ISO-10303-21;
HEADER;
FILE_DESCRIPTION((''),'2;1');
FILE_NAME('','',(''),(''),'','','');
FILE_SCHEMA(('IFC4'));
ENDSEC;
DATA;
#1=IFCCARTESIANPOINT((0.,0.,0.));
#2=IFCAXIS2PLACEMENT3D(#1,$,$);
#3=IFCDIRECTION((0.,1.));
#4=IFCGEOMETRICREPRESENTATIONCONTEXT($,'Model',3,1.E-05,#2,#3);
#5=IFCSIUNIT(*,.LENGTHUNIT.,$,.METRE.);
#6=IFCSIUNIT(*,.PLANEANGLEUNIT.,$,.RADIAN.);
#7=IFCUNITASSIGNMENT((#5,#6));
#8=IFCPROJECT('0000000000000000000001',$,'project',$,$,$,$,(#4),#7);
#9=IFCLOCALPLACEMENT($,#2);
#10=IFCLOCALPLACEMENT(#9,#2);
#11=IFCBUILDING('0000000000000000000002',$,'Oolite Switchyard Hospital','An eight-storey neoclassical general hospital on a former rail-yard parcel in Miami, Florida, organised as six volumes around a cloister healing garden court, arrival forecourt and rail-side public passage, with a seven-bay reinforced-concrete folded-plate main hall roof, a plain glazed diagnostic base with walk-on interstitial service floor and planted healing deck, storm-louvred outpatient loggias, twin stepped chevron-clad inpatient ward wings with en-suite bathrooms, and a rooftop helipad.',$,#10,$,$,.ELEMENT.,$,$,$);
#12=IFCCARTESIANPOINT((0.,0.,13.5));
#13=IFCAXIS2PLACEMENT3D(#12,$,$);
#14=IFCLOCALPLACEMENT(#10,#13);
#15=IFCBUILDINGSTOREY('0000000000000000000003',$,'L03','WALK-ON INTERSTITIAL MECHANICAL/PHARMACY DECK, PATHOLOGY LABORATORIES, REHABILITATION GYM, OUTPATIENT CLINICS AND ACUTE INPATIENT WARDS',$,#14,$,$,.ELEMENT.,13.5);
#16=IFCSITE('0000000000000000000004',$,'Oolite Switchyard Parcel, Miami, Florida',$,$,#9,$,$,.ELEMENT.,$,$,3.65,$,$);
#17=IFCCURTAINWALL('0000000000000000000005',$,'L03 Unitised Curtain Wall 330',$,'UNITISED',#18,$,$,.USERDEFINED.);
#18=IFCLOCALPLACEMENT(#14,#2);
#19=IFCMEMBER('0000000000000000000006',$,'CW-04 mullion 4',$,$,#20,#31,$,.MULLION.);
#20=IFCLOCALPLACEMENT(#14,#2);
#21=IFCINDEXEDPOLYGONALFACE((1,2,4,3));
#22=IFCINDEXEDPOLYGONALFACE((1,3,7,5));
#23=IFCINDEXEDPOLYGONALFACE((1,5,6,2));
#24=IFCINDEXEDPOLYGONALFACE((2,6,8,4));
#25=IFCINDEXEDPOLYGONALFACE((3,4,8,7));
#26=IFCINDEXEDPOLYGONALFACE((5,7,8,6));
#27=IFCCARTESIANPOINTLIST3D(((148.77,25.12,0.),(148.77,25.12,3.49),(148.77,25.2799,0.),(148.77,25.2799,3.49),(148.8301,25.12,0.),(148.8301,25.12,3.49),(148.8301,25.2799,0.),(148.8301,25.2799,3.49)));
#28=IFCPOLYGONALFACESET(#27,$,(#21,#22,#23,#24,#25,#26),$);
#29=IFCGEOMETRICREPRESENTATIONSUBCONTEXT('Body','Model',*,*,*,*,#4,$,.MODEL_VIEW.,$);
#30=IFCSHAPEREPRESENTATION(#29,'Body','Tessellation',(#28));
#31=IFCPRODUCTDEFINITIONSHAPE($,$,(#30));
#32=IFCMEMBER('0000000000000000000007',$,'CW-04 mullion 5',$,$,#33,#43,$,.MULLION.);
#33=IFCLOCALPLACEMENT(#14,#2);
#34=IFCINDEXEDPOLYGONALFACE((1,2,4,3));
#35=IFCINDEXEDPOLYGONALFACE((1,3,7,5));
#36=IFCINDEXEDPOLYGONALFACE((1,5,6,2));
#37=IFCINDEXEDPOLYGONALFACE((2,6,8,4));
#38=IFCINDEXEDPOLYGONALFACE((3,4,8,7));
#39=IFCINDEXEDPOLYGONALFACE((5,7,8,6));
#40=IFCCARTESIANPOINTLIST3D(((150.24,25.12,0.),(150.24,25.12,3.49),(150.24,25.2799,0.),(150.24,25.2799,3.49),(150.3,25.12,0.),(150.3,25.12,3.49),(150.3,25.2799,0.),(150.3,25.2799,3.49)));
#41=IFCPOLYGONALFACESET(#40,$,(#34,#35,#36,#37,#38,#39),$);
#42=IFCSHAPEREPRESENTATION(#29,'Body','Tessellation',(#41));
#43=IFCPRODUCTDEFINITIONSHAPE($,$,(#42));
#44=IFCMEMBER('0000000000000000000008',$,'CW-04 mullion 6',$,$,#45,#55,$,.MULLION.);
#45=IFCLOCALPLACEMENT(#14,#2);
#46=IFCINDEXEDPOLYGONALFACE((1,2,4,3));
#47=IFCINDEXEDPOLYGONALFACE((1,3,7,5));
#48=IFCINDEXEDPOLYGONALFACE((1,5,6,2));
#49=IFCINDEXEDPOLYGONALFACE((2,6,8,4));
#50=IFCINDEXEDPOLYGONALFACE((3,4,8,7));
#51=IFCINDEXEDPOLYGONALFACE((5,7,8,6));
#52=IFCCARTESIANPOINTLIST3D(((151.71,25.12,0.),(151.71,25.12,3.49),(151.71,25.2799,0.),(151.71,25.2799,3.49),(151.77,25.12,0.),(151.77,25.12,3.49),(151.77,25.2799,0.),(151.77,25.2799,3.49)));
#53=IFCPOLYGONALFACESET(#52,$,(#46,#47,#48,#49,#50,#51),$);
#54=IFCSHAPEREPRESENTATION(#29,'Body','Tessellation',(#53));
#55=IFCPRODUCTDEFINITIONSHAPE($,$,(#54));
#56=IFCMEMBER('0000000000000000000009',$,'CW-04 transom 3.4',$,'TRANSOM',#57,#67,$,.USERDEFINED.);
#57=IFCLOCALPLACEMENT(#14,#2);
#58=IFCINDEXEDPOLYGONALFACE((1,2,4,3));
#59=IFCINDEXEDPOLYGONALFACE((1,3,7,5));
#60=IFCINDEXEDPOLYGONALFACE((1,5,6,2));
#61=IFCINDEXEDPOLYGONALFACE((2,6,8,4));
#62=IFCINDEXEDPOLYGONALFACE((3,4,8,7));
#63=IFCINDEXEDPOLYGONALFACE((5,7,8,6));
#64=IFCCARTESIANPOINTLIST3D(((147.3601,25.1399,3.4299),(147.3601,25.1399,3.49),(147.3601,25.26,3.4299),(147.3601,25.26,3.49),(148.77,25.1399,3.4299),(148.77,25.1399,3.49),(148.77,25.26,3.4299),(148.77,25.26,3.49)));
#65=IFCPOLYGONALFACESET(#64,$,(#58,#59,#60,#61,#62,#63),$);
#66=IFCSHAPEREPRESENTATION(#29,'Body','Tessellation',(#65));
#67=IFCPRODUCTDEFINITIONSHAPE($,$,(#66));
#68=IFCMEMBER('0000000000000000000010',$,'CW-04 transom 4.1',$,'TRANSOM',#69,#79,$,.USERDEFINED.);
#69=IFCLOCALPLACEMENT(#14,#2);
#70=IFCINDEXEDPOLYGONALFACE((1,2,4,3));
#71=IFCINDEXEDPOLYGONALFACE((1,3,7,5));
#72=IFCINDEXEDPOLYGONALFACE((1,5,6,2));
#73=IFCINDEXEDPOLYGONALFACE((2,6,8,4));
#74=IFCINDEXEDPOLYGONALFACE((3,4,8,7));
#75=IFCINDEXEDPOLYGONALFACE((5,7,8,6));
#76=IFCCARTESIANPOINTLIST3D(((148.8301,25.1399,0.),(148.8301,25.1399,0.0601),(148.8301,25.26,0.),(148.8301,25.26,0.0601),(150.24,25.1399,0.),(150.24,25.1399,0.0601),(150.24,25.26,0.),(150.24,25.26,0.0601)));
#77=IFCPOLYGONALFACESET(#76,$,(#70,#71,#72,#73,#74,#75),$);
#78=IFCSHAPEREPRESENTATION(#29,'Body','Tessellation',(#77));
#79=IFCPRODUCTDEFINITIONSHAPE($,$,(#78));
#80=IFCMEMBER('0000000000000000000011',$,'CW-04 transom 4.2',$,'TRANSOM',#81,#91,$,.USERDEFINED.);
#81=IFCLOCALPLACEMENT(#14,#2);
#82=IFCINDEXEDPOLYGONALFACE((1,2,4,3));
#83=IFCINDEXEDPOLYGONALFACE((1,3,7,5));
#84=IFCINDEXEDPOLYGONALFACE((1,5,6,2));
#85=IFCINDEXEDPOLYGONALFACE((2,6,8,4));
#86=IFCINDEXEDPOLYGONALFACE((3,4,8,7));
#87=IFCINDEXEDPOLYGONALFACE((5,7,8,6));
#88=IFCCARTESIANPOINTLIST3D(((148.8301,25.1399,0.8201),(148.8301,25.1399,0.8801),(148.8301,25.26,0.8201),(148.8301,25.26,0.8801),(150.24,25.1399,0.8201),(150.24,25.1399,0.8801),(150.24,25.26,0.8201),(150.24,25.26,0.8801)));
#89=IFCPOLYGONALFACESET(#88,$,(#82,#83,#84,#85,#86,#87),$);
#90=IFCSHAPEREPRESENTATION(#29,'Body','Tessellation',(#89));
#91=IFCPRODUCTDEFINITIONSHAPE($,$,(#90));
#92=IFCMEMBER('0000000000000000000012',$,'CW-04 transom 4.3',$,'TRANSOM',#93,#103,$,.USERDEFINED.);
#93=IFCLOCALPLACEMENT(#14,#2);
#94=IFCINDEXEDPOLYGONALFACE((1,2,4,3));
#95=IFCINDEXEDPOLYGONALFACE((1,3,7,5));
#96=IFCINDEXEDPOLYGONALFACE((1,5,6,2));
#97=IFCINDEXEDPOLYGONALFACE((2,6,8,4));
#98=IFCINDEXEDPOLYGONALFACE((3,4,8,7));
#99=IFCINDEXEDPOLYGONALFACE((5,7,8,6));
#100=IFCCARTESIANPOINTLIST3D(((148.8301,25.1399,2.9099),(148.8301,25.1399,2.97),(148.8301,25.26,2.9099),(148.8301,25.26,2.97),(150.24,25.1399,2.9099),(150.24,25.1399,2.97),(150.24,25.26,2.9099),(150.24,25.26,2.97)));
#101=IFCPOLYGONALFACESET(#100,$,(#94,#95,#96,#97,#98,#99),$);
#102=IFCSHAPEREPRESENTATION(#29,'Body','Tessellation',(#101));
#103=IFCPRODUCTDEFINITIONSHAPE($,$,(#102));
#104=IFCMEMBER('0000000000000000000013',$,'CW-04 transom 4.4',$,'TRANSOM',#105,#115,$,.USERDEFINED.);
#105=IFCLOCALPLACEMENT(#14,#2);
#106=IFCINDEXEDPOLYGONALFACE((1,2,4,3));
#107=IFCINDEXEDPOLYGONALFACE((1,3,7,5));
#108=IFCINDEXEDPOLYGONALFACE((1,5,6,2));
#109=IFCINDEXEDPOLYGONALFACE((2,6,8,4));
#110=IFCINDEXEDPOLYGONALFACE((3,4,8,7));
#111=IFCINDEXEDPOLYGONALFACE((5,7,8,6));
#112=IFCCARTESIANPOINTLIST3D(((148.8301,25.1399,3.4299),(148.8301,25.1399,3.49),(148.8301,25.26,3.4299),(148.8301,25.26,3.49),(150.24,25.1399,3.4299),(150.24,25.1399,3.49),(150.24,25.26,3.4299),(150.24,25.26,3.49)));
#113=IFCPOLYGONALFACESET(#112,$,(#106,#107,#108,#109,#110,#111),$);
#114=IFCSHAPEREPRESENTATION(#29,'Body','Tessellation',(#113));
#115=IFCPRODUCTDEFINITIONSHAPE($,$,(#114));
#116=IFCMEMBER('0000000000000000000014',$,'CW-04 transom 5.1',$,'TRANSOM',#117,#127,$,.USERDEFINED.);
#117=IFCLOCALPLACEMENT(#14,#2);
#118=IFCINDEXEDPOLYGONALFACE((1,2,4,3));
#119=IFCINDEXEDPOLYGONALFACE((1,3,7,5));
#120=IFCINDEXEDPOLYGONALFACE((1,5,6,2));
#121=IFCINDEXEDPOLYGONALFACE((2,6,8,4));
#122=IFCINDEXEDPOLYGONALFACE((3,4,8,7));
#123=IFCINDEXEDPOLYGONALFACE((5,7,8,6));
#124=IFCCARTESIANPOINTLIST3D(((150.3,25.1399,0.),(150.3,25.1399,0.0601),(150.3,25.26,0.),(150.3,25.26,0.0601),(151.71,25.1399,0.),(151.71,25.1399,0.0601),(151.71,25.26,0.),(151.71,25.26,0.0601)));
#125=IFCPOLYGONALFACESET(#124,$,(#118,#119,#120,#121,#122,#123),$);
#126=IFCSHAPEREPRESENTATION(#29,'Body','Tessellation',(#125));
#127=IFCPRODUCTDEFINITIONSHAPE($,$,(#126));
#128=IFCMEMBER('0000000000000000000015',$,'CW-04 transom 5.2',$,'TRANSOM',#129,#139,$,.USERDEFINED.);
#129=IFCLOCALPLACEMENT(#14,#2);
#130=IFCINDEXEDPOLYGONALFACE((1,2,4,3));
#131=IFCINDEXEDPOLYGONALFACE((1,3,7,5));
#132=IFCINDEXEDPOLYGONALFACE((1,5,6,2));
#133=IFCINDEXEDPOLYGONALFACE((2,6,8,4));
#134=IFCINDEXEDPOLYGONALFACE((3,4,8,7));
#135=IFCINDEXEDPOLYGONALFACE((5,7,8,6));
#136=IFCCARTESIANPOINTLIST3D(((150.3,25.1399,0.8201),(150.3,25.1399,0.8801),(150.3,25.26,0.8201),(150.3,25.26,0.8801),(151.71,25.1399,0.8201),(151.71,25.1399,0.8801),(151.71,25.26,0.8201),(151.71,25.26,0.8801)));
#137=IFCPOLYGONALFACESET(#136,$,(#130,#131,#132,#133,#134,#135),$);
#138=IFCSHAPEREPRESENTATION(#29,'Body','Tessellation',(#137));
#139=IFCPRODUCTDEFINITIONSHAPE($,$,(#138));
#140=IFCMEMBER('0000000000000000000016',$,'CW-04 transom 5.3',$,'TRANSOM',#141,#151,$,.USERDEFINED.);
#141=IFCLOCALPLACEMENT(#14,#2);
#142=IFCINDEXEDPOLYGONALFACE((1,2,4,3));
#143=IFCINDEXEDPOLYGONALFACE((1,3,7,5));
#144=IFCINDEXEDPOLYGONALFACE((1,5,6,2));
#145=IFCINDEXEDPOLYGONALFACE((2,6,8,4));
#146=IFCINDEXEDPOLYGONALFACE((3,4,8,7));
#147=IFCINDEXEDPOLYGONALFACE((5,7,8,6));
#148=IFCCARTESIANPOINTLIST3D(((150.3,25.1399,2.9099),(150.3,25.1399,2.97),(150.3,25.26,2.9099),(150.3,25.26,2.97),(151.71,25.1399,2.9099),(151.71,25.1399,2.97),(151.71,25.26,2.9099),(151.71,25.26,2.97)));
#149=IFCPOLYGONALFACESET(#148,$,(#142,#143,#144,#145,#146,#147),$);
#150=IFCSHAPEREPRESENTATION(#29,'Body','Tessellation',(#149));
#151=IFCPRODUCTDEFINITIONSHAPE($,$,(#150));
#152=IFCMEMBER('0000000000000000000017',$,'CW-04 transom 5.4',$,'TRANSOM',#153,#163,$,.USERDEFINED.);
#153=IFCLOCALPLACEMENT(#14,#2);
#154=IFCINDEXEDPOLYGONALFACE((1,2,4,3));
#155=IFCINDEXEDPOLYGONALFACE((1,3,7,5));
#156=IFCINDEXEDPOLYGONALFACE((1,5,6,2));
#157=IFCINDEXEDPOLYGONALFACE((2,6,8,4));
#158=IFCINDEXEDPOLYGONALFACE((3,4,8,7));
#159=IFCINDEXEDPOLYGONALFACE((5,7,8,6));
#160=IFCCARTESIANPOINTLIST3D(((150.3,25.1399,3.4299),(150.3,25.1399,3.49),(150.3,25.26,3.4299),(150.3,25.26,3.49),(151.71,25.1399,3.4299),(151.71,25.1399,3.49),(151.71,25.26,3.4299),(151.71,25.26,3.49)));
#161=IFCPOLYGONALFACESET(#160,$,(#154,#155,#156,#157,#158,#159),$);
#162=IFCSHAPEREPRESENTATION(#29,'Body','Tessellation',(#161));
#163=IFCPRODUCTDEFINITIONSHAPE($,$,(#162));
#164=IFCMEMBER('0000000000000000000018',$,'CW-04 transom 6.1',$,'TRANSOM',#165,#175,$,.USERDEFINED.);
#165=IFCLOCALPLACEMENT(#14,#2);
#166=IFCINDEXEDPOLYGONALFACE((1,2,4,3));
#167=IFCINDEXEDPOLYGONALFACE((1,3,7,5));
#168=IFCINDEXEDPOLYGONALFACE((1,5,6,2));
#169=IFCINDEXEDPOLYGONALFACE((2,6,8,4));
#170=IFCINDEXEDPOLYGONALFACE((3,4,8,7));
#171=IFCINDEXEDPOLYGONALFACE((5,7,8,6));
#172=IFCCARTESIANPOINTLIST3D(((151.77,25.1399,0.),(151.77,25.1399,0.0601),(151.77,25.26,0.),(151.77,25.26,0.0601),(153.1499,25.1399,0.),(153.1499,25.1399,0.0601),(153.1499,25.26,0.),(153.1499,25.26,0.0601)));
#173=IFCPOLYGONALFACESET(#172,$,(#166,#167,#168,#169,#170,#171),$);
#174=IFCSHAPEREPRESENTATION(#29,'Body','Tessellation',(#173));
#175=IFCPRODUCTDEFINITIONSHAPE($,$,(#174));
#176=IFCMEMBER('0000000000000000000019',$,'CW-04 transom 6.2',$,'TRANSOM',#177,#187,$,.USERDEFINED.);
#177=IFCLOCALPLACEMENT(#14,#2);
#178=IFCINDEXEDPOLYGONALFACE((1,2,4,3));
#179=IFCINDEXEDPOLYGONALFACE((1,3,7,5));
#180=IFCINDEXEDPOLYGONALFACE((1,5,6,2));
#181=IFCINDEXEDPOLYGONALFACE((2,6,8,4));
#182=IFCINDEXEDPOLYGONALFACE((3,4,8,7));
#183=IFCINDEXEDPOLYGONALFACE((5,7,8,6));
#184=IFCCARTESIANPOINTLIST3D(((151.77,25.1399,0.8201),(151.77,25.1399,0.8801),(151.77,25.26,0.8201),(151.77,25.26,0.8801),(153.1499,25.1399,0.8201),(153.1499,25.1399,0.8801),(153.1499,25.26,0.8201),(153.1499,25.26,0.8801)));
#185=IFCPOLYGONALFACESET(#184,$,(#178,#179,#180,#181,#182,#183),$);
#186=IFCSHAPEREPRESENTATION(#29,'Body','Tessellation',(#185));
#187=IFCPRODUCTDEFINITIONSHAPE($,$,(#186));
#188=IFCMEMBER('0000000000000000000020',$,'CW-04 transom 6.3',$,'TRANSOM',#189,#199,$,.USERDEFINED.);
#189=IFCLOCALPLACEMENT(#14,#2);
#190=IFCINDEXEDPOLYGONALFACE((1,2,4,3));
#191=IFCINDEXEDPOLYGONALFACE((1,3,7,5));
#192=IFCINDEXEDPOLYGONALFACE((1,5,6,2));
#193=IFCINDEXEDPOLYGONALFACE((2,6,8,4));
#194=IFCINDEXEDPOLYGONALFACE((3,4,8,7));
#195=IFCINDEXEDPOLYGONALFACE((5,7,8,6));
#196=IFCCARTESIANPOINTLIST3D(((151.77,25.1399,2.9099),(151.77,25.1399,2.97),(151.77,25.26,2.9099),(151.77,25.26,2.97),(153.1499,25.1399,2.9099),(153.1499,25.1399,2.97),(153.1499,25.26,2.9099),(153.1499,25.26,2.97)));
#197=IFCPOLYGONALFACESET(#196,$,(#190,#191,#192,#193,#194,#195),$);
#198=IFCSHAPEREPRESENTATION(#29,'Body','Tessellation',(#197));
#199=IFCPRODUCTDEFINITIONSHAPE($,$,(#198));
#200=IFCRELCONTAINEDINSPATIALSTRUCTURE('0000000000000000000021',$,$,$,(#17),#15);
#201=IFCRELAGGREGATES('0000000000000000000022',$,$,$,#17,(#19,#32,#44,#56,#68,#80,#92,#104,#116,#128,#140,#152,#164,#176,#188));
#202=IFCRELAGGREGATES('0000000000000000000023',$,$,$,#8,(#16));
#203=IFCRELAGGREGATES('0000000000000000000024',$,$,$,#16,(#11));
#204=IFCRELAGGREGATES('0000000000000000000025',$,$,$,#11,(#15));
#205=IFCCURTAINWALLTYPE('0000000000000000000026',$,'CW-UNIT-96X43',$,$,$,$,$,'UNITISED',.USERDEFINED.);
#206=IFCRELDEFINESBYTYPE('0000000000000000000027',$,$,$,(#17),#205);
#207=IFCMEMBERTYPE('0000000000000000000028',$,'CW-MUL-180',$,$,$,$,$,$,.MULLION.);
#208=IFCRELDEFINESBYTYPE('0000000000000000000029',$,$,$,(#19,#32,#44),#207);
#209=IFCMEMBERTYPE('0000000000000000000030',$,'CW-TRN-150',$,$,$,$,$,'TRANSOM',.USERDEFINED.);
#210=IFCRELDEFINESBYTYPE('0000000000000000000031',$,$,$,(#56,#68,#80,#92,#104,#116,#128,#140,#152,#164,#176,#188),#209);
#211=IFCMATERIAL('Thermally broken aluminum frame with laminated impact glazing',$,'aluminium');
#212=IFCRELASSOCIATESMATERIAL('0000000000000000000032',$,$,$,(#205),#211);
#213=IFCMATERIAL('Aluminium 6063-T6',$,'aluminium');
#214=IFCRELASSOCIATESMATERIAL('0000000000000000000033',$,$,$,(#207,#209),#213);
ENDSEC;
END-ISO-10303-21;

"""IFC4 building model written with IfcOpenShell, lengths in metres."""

from ifc_helpers import new_model, si_unit, direction, frame, origin, origin_2d, place, context, subcontext, project, spatial, rectangle, extrude, material, material_profile, profile_set, type_object, element, aggregate, save


model = new_model("IFC4")

# Units and contexts
model_context = context("Model", 3, precision=1e-05, world=origin(), true_north=direction((0.0, 1.0)))
body_context = subcontext(model_context, "Body", "Model", "MODEL_VIEW")
ifc_project = project(units=[si_unit("LENGTHUNIT", "METRE"), si_unit("PLANEANGLEUNIT", "RADIAN")], contexts=[model_context])

# Site, building, storey
site_placement = place(None, origin())
site = spatial("IfcSite", under=ifc_project, at=site_placement, Name="Oolite Switchyard Parcel, Miami, Florida", CompositionType="ELEMENT", RefElevation=3.65)
building_placement = place(site_placement, origin())
building = spatial("IfcBuilding", under=site, at=building_placement, Name="Oolite Switchyard Hospital", Description="An eight-storey neoclassical general hospital on a former rail-yard parcel in Miami, Florida, organised as six volumes around a cloister healing garden court, arrival forecourt and rail-side public passage, with a seven-bay reinforced-concrete folded-plate main hall roof, a plain glazed diagnostic base with walk-on interstitial service floor and planted healing deck, storm-louvred outpatient loggias, twin stepped chevron-clad inpatient ward wings with en-suite bathrooms, and a rooftop helipad.", CompositionType="ELEMENT")
storey_placement = place(building_placement, frame((0.0, 0.0, 13.5)))
storey = spatial("IfcBuildingStorey", under=building, at=storey_placement, Name="L03", Description="WALK-ON INTERSTITIAL MECHANICAL/PHARMACY DECK, PATHOLOGY LABORATORIES, REHABILITATION GYM, OUTPATIENT CLINICS AND ACUTE INPATIENT WARDS", CompositionType="ELEMENT", Elevation=13.5)

# Curtain wall, members
ifc_material_1 = material(Name="Thermally broken aluminum frame with laminated impact glazing", Category="aluminium")
curtain_wall_type = type_object("IfcCurtainWallType", Name="CW-UNIT-96X43", ElementType="UNITISED", PredefinedType="USERDEFINED", material=ifc_material_1)
curtain_wall_placement = place(storey_placement, origin())
curtain_wall = element("IfcCurtainWall", 1, at=curtain_wall_placement, inside=storey, type_object=curtain_wall_type, Name="L03 Unitised Curtain Wall 330", ObjectType="UNITISED", PredefinedType="USERDEFINED")
ifc_material_2 = material(Name="Aluminium 6063-T6", Category="aluminium")
ifc_material_profile_1 = material_profile(ifc_material_2, rectangle(XDim=0.1599, YDim=0.0601, at=origin_2d()), Name="CWM60X160")
ifc_profile_set_1 = profile_set([ifc_material_profile_1], Name="Aluminium 6063-T6")
member_type_1 = type_object("IfcMemberType", Name="CW-MUL-180", PredefinedType="MULLION", material=ifc_profile_set_1)
member_1_placement = place(storey_placement, frame((148.8, 25.2, 0.0), z_axis=(0.0, 0.0, 1.0), x_axis=(0.0, 1.0, 0.0)))
member_1 = element("IfcMember", 2, at=member_1_placement, type_object=member_type_1, Name="CW-04 mullion 4", PredefinedType="MULLION", context=body_context, shape_type="SweptSolid", body=[
    extrude(rectangle(XDim=0.1599, YDim=0.0601, at=origin_2d()), origin(), (0.0, 0.0, 1.0), 3.49),
])
member_2_placement = place(storey_placement, frame((150.27, 25.2, 0.0), z_axis=(0.0, 0.0, 1.0), x_axis=(0.0, 1.0, 0.0)))
member_2 = element("IfcMember", 3, at=member_2_placement, type_object=member_type_1, Name="CW-04 mullion 5", PredefinedType="MULLION", context=body_context, shape_type="SweptSolid", body=[
    extrude(rectangle(XDim=0.1599, YDim=0.0601, at=origin_2d()), origin(), (0.0, 0.0, 1.0), 3.49),
])
member_3_placement = place(storey_placement, frame((151.74, 25.2, 0.0), z_axis=(0.0, 0.0, 1.0), x_axis=(0.0, 1.0, 0.0)))
member_3 = element("IfcMember", 4, at=member_3_placement, type_object=member_type_1, Name="CW-04 mullion 6", PredefinedType="MULLION", context=body_context, shape_type="SweptSolid", body=[
    extrude(rectangle(XDim=0.1599, YDim=0.0601, at=origin_2d()), origin(), (0.0, 0.0, 1.0), 3.49),
])
ifc_material_profile_2 = material_profile(ifc_material_2, rectangle(XDim=0.1201, YDim=0.0601, at=origin_2d()), Name="CWT60X120")
ifc_profile_set_2 = profile_set([ifc_material_profile_2], Name="Aluminium 6063-T6")
member_type_2 = type_object("IfcMemberType", Name="CW-TRN-150", ElementType="TRANSOM", PredefinedType="USERDEFINED", material=ifc_profile_set_2)
member_4_placement = place(storey_placement, frame((147.3601, 25.2, 3.46), z_axis=(1.0, 0.0, 0.0), x_axis=(0.0, 1.0, 0.0)))
member_4 = element("IfcMember", 5, at=member_4_placement, type_object=member_type_2, Name="CW-04 transom 3.4", ObjectType="TRANSOM", PredefinedType="USERDEFINED", context=body_context, shape_type="SweptSolid", body=[
    extrude(rectangle(XDim=0.1201, YDim=0.0601, at=origin_2d()), origin(), (0.0, 0.0, 1.0), 1.4099),
])
member_5_placement = place(storey_placement, frame((148.8301, 25.2, 0.03), z_axis=(1.0, 0.0, 0.0), x_axis=(0.0, 1.0, 0.0)))
member_5 = element("IfcMember", 6, at=member_5_placement, type_object=member_type_2, Name="CW-04 transom 4.1", ObjectType="TRANSOM", PredefinedType="USERDEFINED", context=body_context, shape_type="SweptSolid", body=[
    extrude(rectangle(XDim=0.1201, YDim=0.0601, at=origin_2d()), origin(), (0.0, 0.0, 1.0), 1.4099),
])
member_6_placement = place(storey_placement, frame((148.8301, 25.2, 0.8501), z_axis=(1.0, 0.0, 0.0), x_axis=(0.0, 1.0, 0.0)))
member_6 = element("IfcMember", 7, at=member_6_placement, type_object=member_type_2, Name="CW-04 transom 4.2", ObjectType="TRANSOM", PredefinedType="USERDEFINED", context=body_context, shape_type="SweptSolid", body=[
    extrude(rectangle(XDim=0.1201, YDim=0.0601, at=origin_2d()), origin(), (0.0, 0.0, 1.0), 1.4099),
])
member_7_placement = place(storey_placement, frame((148.8301, 25.2, 2.9399), z_axis=(1.0, 0.0, 0.0), x_axis=(0.0, 1.0, 0.0)))
member_7 = element("IfcMember", 8, at=member_7_placement, type_object=member_type_2, Name="CW-04 transom 4.3", ObjectType="TRANSOM", PredefinedType="USERDEFINED", context=body_context, shape_type="SweptSolid", body=[
    extrude(rectangle(XDim=0.1201, YDim=0.0601, at=origin_2d()), origin(), (0.0, 0.0, 1.0), 1.4099),
])
member_8_placement = place(storey_placement, frame((148.8301, 25.2, 3.46), z_axis=(1.0, 0.0, 0.0), x_axis=(0.0, 1.0, 0.0)))
member_8 = element("IfcMember", 9, at=member_8_placement, type_object=member_type_2, Name="CW-04 transom 4.4", ObjectType="TRANSOM", PredefinedType="USERDEFINED", context=body_context, shape_type="SweptSolid", body=[
    extrude(rectangle(XDim=0.1201, YDim=0.0601, at=origin_2d()), origin(), (0.0, 0.0, 1.0), 1.4099),
])
member_9_placement = place(storey_placement, frame((150.3, 25.2, 0.03), z_axis=(1.0, 0.0, 0.0), x_axis=(0.0, 1.0, 0.0)))
member_9 = element("IfcMember", 10, at=member_9_placement, type_object=member_type_2, Name="CW-04 transom 5.1", ObjectType="TRANSOM", PredefinedType="USERDEFINED", context=body_context, shape_type="SweptSolid", body=[
    extrude(rectangle(XDim=0.1201, YDim=0.0601, at=origin_2d()), origin(), (0.0, 0.0, 1.0), 1.4099),
])
member_10_placement = place(storey_placement, frame((150.3, 25.2, 0.8501), z_axis=(1.0, 0.0, 0.0), x_axis=(0.0, 1.0, 0.0)))
member_10 = element("IfcMember", 11, at=member_10_placement, type_object=member_type_2, Name="CW-04 transom 5.2", ObjectType="TRANSOM", PredefinedType="USERDEFINED", context=body_context, shape_type="SweptSolid", body=[
    extrude(rectangle(XDim=0.1201, YDim=0.0601, at=origin_2d()), origin(), (0.0, 0.0, 1.0), 1.4099),
])
member_11_placement = place(storey_placement, frame((150.3, 25.2, 2.9399), z_axis=(1.0, 0.0, 0.0), x_axis=(0.0, 1.0, 0.0)))
member_11 = element("IfcMember", 12, at=member_11_placement, type_object=member_type_2, Name="CW-04 transom 5.3", ObjectType="TRANSOM", PredefinedType="USERDEFINED", context=body_context, shape_type="SweptSolid", body=[
    extrude(rectangle(XDim=0.1201, YDim=0.0601, at=origin_2d()), origin(), (0.0, 0.0, 1.0), 1.4099),
])
member_12_placement = place(storey_placement, frame((150.3, 25.2, 3.46), z_axis=(1.0, 0.0, 0.0), x_axis=(0.0, 1.0, 0.0)))
member_12 = element("IfcMember", 13, at=member_12_placement, type_object=member_type_2, Name="CW-04 transom 5.4", ObjectType="TRANSOM", PredefinedType="USERDEFINED", context=body_context, shape_type="SweptSolid", body=[
    extrude(rectangle(XDim=0.1201, YDim=0.0601, at=origin_2d()), origin(), (0.0, 0.0, 1.0), 1.4099),
])
member_13_placement = place(storey_placement, frame((151.77, 25.2, 0.03), z_axis=(1.0, 0.0, 0.0), x_axis=(0.0, 1.0, 0.0)))
member_13 = element("IfcMember", 14, at=member_13_placement, type_object=member_type_2, Name="CW-04 transom 6.1", ObjectType="TRANSOM", PredefinedType="USERDEFINED", context=body_context, shape_type="SweptSolid", body=[
    extrude(rectangle(XDim=0.1201, YDim=0.0601, at=origin_2d()), origin(), (0.0, 0.0, 1.0), 1.3799),
])
member_14_placement = place(storey_placement, frame((151.77, 25.2, 0.8501), z_axis=(1.0, 0.0, 0.0), x_axis=(0.0, 1.0, 0.0)))
member_14 = element("IfcMember", 15, at=member_14_placement, type_object=member_type_2, Name="CW-04 transom 6.2", ObjectType="TRANSOM", PredefinedType="USERDEFINED", context=body_context, shape_type="SweptSolid", body=[
    extrude(rectangle(XDim=0.1201, YDim=0.0601, at=origin_2d()), origin(), (0.0, 0.0, 1.0), 1.3799),
])
member_15_placement = place(storey_placement, frame((151.77, 25.2, 2.9399), z_axis=(1.0, 0.0, 0.0), x_axis=(0.0, 1.0, 0.0)))
member_15 = element("IfcMember", 16, at=member_15_placement, type_object=member_type_2, Name="CW-04 transom 6.3", ObjectType="TRANSOM", PredefinedType="USERDEFINED", context=body_context, shape_type="SweptSolid", body=[
    extrude(rectangle(XDim=0.1201, YDim=0.0601, at=origin_2d()), origin(), (0.0, 0.0, 1.0), 1.3799),
])
aggregate(curtain_wall, [member_1, member_2, member_3, member_4, member_5, member_6, member_7, member_8, member_9, member_10, member_11, member_12, member_13, member_14, member_15])

save(model, "model.ifc")
